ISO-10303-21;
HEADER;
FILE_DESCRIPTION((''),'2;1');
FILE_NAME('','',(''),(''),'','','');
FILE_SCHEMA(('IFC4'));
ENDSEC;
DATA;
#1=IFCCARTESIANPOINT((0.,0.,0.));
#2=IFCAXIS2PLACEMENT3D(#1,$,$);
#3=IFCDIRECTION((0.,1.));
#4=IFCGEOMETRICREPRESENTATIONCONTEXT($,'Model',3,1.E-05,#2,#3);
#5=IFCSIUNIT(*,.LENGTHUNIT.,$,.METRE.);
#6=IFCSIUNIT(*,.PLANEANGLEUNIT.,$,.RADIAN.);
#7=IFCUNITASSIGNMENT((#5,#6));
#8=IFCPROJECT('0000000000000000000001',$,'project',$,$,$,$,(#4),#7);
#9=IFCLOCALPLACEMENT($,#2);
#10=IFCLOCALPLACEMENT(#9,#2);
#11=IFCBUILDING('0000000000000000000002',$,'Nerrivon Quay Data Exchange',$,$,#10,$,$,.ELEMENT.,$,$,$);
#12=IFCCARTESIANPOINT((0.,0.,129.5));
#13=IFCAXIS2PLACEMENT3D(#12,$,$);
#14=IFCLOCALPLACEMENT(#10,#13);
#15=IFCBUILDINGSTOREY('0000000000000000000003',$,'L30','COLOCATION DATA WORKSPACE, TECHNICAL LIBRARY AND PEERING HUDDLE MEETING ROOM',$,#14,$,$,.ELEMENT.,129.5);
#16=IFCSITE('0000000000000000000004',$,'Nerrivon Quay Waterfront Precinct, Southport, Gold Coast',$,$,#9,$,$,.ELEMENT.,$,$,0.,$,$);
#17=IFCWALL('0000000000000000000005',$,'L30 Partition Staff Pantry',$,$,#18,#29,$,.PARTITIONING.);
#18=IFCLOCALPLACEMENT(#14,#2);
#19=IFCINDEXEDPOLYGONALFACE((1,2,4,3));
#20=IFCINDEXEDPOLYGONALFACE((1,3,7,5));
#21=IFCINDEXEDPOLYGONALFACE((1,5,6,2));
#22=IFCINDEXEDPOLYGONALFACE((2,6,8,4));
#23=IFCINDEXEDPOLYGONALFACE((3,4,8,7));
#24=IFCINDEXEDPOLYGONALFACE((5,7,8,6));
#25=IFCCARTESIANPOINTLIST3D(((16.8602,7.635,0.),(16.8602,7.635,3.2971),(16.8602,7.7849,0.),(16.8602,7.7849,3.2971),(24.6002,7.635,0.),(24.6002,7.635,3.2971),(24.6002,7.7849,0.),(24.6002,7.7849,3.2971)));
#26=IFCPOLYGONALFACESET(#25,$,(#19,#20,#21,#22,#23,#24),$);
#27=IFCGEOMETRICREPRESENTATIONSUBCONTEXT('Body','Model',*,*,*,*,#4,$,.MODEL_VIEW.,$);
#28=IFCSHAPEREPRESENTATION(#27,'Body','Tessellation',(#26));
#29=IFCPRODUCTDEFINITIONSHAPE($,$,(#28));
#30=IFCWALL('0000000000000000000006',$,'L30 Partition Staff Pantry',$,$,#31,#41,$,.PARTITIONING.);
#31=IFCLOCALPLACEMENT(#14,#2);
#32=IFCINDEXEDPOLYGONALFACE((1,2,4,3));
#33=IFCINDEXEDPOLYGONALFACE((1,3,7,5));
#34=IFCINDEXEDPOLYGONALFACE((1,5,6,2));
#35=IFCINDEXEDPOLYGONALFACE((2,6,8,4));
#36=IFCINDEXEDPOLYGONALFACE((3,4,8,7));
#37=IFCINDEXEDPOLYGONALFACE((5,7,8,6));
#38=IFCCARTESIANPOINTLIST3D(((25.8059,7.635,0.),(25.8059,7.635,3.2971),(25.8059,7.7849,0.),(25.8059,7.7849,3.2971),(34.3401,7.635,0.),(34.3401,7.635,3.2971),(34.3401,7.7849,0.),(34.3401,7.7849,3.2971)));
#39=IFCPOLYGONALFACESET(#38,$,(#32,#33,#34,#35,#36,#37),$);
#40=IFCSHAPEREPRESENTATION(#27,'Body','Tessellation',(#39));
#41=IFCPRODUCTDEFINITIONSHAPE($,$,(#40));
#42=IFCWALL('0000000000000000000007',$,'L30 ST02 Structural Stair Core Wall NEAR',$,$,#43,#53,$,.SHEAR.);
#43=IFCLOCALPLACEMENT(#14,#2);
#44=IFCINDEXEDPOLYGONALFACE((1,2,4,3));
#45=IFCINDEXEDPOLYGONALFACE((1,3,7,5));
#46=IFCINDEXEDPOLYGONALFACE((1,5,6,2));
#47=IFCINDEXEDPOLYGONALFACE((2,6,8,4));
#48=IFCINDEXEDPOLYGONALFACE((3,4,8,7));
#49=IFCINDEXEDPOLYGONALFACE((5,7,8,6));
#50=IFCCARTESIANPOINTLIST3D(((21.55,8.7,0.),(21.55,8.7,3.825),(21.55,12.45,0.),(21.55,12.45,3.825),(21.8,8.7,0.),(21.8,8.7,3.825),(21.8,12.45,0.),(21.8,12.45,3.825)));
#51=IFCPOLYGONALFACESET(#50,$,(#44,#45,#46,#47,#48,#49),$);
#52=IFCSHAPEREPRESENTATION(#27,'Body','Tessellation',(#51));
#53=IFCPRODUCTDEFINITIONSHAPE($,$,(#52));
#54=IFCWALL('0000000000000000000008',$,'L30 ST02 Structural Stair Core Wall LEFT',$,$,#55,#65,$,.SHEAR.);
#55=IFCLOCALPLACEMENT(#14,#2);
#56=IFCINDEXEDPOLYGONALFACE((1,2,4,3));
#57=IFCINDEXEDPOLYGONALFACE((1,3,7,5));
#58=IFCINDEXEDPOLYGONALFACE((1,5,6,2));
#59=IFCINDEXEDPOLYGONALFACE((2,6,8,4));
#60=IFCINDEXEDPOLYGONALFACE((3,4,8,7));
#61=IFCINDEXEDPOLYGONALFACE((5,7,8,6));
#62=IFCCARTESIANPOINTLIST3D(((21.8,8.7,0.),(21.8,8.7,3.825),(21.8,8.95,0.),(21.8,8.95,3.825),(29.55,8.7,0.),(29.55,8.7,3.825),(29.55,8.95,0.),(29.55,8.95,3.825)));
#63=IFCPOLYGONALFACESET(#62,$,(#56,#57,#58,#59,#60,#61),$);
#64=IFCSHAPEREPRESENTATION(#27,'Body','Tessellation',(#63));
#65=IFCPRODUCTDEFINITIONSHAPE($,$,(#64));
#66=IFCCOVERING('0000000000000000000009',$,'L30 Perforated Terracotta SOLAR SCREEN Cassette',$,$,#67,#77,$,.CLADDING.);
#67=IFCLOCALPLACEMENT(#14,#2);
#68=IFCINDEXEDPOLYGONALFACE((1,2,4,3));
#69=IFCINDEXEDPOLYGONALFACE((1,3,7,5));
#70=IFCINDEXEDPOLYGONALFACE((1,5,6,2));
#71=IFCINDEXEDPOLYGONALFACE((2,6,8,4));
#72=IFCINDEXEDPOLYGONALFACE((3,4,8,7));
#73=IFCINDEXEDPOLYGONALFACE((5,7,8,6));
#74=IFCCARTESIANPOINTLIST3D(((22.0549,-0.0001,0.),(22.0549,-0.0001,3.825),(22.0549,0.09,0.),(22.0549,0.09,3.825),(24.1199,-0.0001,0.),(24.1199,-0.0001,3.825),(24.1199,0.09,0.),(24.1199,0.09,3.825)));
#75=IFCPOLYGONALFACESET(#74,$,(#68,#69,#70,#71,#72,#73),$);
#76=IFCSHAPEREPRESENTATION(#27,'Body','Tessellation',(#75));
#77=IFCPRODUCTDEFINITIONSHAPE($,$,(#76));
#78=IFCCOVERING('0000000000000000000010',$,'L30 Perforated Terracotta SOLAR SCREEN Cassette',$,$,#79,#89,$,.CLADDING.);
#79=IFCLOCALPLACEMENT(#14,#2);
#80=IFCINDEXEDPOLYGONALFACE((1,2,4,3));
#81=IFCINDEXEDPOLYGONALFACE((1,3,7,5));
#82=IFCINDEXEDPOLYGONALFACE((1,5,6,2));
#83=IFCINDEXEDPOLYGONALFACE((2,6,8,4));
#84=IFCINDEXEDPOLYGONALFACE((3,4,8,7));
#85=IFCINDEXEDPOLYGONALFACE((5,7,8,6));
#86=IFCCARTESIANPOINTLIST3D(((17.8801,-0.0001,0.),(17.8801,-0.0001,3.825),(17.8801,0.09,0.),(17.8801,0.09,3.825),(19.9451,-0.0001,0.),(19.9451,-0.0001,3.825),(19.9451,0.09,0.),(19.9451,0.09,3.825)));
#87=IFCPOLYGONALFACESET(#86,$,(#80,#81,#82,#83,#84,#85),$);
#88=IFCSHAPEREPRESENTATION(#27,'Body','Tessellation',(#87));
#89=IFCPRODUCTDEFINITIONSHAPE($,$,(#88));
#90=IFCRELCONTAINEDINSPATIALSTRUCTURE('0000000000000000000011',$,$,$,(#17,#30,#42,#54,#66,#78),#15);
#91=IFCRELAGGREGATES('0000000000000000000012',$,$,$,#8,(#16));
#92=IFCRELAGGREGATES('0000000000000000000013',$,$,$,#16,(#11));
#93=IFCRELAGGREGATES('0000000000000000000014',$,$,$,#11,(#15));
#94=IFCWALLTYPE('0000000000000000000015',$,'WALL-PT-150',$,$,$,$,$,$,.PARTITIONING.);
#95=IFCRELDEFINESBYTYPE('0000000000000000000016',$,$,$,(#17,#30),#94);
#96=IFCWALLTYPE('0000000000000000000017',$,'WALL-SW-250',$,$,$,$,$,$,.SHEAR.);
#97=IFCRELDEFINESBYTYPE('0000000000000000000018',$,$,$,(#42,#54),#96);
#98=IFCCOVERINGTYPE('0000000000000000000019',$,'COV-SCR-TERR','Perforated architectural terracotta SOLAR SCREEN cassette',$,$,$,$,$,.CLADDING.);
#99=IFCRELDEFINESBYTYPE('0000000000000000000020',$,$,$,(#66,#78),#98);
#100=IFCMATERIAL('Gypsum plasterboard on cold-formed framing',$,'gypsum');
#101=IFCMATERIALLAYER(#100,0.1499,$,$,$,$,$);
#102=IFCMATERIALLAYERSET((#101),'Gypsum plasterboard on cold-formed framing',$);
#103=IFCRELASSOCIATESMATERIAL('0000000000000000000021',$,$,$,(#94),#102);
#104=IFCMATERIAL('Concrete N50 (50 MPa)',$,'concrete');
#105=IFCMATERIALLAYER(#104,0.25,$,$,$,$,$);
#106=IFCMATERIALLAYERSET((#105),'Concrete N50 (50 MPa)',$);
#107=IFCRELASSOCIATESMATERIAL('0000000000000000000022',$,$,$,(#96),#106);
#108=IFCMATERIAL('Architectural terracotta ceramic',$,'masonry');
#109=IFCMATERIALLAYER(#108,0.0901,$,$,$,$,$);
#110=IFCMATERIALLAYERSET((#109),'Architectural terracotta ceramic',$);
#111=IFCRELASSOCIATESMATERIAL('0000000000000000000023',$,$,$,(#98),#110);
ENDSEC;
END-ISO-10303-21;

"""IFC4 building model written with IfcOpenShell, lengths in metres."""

from ifc_helpers import new_model, si_unit, direction, frame, frame_2d, origin, origin_2d, place, context, subcontext, project, spatial, rectangle, extrude, material, layer, layer_set, type_object, element, save


model = new_model("IFC4")

# Units and contexts
model_context = context("Model", 3, precision=1e-05, world=origin(), true_north=direction((0.0, 1.0)))
body_context = subcontext(model_context, "Body", "Model", "MODEL_VIEW")
ifc_project = project(units=[si_unit("LENGTHUNIT", "METRE"), si_unit("PLANEANGLEUNIT", "RADIAN")], contexts=[model_context])

# Site, building, storey
site_placement = place(None, origin())
site = spatial("IfcSite", under=ifc_project, at=site_placement, Name="Nerrivon Quay Waterfront Precinct, Southport, Gold Coast", CompositionType="ELEMENT", RefElevation=0.0)
building_placement = place(site_placement, origin())
building = spatial("IfcBuilding", under=site, at=building_placement, Name="Nerrivon Quay Data Exchange", CompositionType="ELEMENT")
storey_placement = place(building_placement, frame((0.0, 0.0, 129.5)))
storey = spatial("IfcBuildingStorey", under=building, at=storey_placement, Name="L30", Description="COLOCATION DATA WORKSPACE, TECHNICAL LIBRARY AND PEERING HUDDLE MEETING ROOM", CompositionType="ELEMENT", Elevation=129.5)

# Shared definitions
ifc_material_1 = material(Name="Concrete N50 (50 MPa)", Category="concrete")

# Walls
ifc_material_2 = material(Name="Gypsum plasterboard on cold-formed framing", Category="gypsum")
ifc_layer_1 = layer(ifc_material_2, 0.1499)
ifc_layer_set_1 = layer_set([ifc_layer_1], Name="Gypsum plasterboard on cold-formed framing")
wall_type_1 = type_object("IfcWallType", Name="WALL-PT-150", PredefinedType="PARTITIONING", material=ifc_layer_set_1)
wall_1_placement = place(storey_placement, frame((16.8601, 7.71, 0.0), z_axis=(0.0, 0.0, 1.0), x_axis=(1.0, 0.0, 0.0)))
element("IfcWall", 1, at=wall_1_placement, inside=storey, type_object=wall_type_1, Name="L30 Partition Staff Pantry", PredefinedType="PARTITIONING", context=body_context, shape_type="SweptSolid", body=[
    extrude(rectangle(XDim=7.74, YDim=0.1499, at=frame_2d((3.8701, 0.0))), origin(), (0.0, 0.0, 1.0), 3.2971),
])
wall_2_placement = place(storey_placement, frame((25.8059, 7.71, 0.0), z_axis=(0.0, 0.0, 1.0), x_axis=(1.0, 0.0, 0.0)))
element("IfcWall", 2, at=wall_2_placement, inside=storey, type_object=wall_type_1, Name="L30 Partition Staff Pantry", PredefinedType="PARTITIONING", context=body_context, shape_type="SweptSolid", body=[
    extrude(rectangle(XDim=8.5342, YDim=0.1499, at=frame_2d((4.2671, 0.0))), origin(), (0.0, 0.0, 1.0), 3.2971),
])
ifc_layer_2 = layer(ifc_material_1, 0.25)
ifc_layer_set_2 = layer_set([ifc_layer_2], Name="Concrete N50 (50 MPa)")
wall_type_2 = type_object("IfcWallType", Name="WALL-SW-250", PredefinedType="SHEAR", material=ifc_layer_set_2)
wall_3_placement = place(storey_placement, frame((21.675, 8.7, 0.0), z_axis=(0.0, 0.0, 1.0), x_axis=(0.0, 1.0, 0.0)))
element("IfcWall", 3, at=wall_3_placement, inside=storey, type_object=wall_type_2, Name="L30 ST02 Structural Stair Core Wall NEAR", PredefinedType="SHEAR", context=body_context, shape_type="SweptSolid", body=[
    extrude(rectangle(XDim=3.75, YDim=0.25, at=frame_2d((1.875, 0.0))), origin(), (0.0, 0.0, 1.0), 3.825),
])
wall_4_placement = place(storey_placement, frame((21.8, 8.825, 0.0), z_axis=(0.0, 0.0, 1.0), x_axis=(1.0, 0.0, 0.0)))
element("IfcWall", 4, at=wall_4_placement, inside=storey, type_object=wall_type_2, Name="L30 ST02 Structural Stair Core Wall LEFT", PredefinedType="SHEAR", context=body_context, shape_type="SweptSolid", body=[
    extrude(rectangle(XDim=7.75, YDim=0.25, at=frame_2d((3.875, 0.0))), origin(), (0.0, 0.0, 1.0), 3.825),
])

# Coverings
ifc_material_3 = material(Name="Architectural terracotta ceramic", Category="masonry")
ifc_layer_3 = layer(ifc_material_3, 0.0901)
ifc_layer_set_3 = layer_set([ifc_layer_3], Name="Architectural terracotta ceramic")
covering_type = type_object("IfcCoveringType", Name="COV-SCR-TERR", Description="Perforated architectural terracotta SOLAR SCREEN cassette", PredefinedType="CLADDING", material=ifc_layer_set_3)
for number, where, z_axis, x_axis, name in (
    (5, (23.0874, 0.0449, 0.0), (0.0, 0.0, 1.0), (-1.0, 0.0, 0.0), "L30 Perforated Terracotta SOLAR SCREEN Cassette"),
    (6, (18.9126, 0.0449, 0.0), (0.0, 0.0, 1.0), (-1.0, 0.0, 0.0), "L30 Perforated Terracotta SOLAR SCREEN Cassette"),
):
    element("IfcCovering", number, at=place(storey_placement, frame(where, z_axis=z_axis, x_axis=x_axis)), inside=storey, type_object=covering_type, Name=name, PredefinedType="CLADDING", context=body_context, shape_type="SweptSolid", body=[
        extrude(rectangle(XDim=2.0649, YDim=0.0901, at=origin_2d()), origin(), (0.0, 0.0, 1.0), 3.825),
    ])

save(model, "model.ifc")
